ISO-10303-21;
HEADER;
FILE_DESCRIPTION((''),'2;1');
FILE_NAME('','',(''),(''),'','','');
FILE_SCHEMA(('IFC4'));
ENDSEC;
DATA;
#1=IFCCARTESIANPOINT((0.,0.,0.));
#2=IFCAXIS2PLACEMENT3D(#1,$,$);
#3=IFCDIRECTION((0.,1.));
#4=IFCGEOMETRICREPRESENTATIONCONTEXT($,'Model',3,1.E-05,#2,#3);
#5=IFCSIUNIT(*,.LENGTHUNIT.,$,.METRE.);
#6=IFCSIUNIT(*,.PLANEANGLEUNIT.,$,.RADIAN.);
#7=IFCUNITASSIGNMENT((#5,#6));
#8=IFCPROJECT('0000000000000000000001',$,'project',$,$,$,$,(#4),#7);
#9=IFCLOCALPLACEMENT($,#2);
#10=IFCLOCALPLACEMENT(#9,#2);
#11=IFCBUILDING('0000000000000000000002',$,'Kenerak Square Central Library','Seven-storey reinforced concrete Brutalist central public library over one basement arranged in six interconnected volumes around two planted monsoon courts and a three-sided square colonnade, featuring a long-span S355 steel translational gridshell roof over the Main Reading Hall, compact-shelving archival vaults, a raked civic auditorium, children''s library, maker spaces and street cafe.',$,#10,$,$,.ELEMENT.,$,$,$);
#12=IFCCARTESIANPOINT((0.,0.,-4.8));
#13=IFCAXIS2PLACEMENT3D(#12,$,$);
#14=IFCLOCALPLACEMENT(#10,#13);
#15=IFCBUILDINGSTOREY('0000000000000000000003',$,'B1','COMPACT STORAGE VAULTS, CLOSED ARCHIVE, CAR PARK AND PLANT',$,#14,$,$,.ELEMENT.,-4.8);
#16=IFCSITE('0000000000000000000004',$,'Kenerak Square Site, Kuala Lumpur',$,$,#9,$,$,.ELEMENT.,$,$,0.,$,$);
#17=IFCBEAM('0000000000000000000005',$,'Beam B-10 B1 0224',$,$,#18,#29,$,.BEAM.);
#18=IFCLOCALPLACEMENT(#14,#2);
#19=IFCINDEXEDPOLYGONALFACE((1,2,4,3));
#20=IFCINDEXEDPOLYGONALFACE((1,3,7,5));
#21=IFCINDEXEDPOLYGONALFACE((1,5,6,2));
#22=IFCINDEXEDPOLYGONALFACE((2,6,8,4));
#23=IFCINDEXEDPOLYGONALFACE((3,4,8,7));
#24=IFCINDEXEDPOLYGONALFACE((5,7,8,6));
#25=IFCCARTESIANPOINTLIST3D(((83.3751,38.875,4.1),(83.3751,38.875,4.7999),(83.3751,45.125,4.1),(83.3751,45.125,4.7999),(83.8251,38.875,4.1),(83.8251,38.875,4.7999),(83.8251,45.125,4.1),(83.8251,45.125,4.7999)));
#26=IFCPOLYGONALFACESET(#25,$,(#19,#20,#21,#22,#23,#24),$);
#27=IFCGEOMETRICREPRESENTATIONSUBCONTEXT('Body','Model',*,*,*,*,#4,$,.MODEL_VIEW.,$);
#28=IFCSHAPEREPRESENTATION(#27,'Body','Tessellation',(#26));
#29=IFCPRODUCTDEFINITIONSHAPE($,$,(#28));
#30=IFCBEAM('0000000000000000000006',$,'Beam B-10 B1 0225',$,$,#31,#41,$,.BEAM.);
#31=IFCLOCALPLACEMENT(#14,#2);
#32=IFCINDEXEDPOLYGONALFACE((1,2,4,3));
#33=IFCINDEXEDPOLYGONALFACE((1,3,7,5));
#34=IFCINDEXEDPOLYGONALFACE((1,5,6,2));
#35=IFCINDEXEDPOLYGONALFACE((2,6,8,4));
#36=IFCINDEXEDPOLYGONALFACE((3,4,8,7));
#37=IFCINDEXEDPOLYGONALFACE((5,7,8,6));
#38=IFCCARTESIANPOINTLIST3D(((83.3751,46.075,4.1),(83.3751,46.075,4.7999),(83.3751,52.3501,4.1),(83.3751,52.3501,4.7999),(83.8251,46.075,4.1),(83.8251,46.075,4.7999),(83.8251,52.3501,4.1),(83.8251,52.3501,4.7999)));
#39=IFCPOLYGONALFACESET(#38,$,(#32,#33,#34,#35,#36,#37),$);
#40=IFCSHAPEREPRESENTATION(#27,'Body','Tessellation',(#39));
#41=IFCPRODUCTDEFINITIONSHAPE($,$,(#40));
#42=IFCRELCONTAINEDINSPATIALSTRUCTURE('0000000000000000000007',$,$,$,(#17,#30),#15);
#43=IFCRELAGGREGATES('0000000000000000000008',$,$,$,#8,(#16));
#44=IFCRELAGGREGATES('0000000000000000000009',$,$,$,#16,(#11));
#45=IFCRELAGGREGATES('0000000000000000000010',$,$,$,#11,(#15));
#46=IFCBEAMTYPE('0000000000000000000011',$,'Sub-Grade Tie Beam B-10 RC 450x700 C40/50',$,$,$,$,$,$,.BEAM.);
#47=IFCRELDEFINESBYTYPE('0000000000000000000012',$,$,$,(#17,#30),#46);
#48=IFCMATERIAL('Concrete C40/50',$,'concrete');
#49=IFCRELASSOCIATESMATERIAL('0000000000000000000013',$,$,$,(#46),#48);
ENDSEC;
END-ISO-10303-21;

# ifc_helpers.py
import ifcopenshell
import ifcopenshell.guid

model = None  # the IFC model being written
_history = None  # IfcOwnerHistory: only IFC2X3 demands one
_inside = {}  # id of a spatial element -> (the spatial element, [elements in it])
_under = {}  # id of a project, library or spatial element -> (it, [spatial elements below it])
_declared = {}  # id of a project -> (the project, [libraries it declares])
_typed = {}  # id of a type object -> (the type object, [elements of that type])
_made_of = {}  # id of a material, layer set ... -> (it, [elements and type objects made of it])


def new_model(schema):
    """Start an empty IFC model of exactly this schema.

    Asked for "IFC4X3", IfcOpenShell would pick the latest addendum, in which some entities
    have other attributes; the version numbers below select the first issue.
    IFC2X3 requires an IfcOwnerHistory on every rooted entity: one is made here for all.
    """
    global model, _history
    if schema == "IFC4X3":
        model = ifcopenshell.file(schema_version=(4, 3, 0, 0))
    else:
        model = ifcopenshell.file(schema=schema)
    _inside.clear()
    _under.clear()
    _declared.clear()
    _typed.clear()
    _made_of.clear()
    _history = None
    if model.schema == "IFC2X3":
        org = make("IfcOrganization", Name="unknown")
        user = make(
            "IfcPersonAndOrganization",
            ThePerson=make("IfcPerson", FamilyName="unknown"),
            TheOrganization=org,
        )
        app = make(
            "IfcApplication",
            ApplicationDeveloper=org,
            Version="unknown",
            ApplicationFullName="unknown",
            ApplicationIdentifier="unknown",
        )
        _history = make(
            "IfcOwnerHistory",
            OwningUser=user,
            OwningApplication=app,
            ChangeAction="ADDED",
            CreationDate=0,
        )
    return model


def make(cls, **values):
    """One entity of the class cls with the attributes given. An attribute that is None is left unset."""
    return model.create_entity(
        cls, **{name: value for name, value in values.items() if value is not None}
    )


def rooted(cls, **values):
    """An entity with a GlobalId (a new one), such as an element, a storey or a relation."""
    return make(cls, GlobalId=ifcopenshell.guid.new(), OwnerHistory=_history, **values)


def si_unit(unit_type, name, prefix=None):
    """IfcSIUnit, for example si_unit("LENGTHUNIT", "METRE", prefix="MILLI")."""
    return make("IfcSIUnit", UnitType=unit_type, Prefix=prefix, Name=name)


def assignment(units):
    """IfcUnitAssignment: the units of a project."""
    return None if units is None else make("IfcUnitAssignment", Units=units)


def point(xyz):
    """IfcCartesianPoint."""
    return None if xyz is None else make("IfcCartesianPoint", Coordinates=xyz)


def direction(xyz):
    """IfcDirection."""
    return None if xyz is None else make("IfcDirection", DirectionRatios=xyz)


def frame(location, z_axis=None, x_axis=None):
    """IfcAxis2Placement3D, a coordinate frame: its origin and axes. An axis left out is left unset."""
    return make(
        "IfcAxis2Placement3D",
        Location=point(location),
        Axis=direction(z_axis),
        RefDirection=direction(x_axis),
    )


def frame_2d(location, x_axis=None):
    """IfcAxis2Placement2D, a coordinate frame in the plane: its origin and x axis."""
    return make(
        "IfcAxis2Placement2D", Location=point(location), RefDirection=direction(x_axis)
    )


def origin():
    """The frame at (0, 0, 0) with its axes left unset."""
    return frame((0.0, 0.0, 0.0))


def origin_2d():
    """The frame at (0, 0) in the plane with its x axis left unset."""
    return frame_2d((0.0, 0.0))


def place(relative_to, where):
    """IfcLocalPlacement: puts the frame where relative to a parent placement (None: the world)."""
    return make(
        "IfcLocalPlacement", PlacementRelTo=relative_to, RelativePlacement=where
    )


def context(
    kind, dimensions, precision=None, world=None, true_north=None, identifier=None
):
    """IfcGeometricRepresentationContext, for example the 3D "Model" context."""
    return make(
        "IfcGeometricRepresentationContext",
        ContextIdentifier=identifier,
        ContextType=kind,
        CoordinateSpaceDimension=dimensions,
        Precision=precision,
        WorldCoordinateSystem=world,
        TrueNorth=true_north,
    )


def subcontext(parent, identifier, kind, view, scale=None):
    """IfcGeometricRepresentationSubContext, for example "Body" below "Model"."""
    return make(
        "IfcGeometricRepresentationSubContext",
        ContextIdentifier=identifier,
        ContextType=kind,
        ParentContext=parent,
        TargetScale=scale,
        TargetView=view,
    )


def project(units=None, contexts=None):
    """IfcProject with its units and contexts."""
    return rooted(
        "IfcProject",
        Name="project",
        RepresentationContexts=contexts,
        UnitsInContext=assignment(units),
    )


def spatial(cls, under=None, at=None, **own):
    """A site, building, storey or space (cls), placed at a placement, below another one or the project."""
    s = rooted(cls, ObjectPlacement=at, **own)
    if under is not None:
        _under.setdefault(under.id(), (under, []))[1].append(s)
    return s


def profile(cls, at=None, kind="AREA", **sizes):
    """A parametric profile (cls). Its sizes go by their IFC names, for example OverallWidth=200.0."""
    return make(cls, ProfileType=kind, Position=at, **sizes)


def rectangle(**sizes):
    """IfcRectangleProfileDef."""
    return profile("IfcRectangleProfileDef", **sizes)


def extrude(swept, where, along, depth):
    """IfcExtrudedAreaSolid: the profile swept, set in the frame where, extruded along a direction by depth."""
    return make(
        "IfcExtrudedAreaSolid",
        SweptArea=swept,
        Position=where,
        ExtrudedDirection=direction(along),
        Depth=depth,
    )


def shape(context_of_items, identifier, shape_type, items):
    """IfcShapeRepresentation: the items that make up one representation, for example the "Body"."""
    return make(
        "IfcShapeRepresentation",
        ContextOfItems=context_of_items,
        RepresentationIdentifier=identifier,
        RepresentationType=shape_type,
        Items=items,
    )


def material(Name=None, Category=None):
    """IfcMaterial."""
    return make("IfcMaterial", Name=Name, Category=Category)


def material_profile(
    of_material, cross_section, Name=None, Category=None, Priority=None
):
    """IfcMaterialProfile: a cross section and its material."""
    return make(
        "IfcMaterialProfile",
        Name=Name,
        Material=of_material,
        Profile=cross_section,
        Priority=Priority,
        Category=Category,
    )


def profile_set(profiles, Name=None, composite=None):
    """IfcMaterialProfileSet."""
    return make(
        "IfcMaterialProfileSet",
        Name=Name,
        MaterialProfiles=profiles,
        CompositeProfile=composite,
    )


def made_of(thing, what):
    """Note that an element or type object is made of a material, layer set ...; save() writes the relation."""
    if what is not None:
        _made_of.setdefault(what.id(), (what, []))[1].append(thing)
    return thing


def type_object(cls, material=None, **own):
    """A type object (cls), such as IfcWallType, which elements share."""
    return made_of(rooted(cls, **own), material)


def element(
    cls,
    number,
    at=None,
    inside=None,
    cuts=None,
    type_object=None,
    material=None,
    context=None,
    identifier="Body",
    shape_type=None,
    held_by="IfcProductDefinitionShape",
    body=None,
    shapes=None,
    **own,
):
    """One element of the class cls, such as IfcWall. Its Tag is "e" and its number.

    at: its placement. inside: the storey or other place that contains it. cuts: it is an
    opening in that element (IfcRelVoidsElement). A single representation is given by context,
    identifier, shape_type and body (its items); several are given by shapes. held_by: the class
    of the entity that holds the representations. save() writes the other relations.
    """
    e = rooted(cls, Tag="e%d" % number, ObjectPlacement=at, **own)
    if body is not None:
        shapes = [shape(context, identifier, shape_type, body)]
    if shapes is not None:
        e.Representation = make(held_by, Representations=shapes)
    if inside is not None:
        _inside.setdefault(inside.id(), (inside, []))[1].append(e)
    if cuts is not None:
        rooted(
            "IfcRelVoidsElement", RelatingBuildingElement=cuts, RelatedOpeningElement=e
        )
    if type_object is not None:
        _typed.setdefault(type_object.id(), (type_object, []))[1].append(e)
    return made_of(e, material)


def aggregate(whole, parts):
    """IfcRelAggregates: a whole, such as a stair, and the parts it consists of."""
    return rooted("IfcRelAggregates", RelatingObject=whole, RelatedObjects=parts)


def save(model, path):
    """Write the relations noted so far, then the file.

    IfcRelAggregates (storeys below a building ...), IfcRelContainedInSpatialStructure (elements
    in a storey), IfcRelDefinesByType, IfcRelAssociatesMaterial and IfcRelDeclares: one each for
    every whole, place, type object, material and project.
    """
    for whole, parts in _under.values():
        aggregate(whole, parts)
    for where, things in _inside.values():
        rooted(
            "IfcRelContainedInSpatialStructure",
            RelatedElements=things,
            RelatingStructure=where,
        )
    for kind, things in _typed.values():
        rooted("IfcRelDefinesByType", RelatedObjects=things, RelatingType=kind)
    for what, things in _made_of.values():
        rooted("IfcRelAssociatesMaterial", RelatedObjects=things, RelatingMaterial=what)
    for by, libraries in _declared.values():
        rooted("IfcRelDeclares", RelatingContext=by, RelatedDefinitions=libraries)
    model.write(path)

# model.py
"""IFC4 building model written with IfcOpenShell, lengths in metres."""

from ifc_helpers import new_model, si_unit, direction, frame, origin, origin_2d, place, context, subcontext, project, spatial, rectangle, extrude, material, material_profile, profile_set, type_object, element, save


model = new_model("IFC4")

# Units and contexts
model_context = context("Model", 3, precision=1e-05, world=origin(), true_north=direction((0.0, 1.0)))
body_context = subcontext(model_context, "Body", "Model", "MODEL_VIEW")
ifc_project = project(units=[si_unit("LENGTHUNIT", "METRE"), si_unit("PLANEANGLEUNIT", "RADIAN")], contexts=[model_context])

# Site, building, storey
site_placement = place(None, origin())
site = spatial("IfcSite", under=ifc_project, at=site_placement, Name="Kenerak Square Site, Kuala Lumpur", CompositionType="ELEMENT", RefElevation=0.0)
building_placement = place(site_placement, origin())
building = spatial("IfcBuilding", under=site, at=building_placement, Name="Kenerak Square Central Library", Description="Seven-storey reinforced concrete Brutalist central public library over one basement arranged in six interconnected volumes around two planted monsoon courts and a three-sided square colonnade, featuring a long-span S355 steel translational gridshell roof over the Main Reading Hall, compact-shelving archival vaults, a raked civic auditorium, children's library, maker spaces and street cafe.", CompositionType="ELEMENT")
storey_placement = place(building_placement, frame((0.0, 0.0, -4.8)))
storey = spatial("IfcBuildingStorey", under=building, at=storey_placement, Name="B1", Description="COMPACT STORAGE VAULTS, CLOSED ARCHIVE, CAR PARK AND PLANT", CompositionType="ELEMENT", Elevation=-4.8)

# Shared definitions
ifc_material_1 = material(Name="Concrete C40/50", Category="concrete")

# Beams
ifc_material_profile_1 = material_profile(ifc_material_1, rectangle(XDim=0.45, YDim=0.7, at=origin_2d()), Name="RC 450x700")
ifc_profile_set_1 = profile_set([ifc_material_profile_1], Name="Concrete C40/50")
beam_type_1 = type_object("IfcBeamType", Name="Sub-Grade Tie Beam B-10 RC 450x700 C40/50", PredefinedType="BEAM", material=ifc_profile_set_1)
beam_1_placement = place(storey_placement, frame((83.6001, 38.875, 4.45), z_axis=(0.0, 1.0, 0.0), x_axis=(-1.0, 0.0, 0.0)))
element("IfcBeam", 1, at=beam_1_placement, inside=storey, type_object=beam_type_1, Name="Beam B-10 B1 0224", PredefinedType="BEAM", context=body_context, shape_type="SweptSolid", body=[
    extrude(rectangle(XDim=0.45, YDim=0.7, at=origin_2d()), origin(), (0.0, 0.0, 1.0), 6.25),
])
beam_2_placement = place(storey_placement, frame((83.6001, 46.075, 4.45), z_axis=(0.0, 1.0, 0.0), x_axis=(-1.0, 0.0, 0.0)))
element("IfcBeam", 2, at=beam_2_placement, inside=storey, type_object=beam_type_1, Name="Beam B-10 B1 0225", PredefinedType="BEAM", context=body_context, shape_type="SweptSolid", body=[
    extrude(rectangle(XDim=0.45, YDim=0.7, at=origin_2d()), origin(), (0.0, 0.0, 1.0), 6.2751),
])

save(model, "model.ifc")
